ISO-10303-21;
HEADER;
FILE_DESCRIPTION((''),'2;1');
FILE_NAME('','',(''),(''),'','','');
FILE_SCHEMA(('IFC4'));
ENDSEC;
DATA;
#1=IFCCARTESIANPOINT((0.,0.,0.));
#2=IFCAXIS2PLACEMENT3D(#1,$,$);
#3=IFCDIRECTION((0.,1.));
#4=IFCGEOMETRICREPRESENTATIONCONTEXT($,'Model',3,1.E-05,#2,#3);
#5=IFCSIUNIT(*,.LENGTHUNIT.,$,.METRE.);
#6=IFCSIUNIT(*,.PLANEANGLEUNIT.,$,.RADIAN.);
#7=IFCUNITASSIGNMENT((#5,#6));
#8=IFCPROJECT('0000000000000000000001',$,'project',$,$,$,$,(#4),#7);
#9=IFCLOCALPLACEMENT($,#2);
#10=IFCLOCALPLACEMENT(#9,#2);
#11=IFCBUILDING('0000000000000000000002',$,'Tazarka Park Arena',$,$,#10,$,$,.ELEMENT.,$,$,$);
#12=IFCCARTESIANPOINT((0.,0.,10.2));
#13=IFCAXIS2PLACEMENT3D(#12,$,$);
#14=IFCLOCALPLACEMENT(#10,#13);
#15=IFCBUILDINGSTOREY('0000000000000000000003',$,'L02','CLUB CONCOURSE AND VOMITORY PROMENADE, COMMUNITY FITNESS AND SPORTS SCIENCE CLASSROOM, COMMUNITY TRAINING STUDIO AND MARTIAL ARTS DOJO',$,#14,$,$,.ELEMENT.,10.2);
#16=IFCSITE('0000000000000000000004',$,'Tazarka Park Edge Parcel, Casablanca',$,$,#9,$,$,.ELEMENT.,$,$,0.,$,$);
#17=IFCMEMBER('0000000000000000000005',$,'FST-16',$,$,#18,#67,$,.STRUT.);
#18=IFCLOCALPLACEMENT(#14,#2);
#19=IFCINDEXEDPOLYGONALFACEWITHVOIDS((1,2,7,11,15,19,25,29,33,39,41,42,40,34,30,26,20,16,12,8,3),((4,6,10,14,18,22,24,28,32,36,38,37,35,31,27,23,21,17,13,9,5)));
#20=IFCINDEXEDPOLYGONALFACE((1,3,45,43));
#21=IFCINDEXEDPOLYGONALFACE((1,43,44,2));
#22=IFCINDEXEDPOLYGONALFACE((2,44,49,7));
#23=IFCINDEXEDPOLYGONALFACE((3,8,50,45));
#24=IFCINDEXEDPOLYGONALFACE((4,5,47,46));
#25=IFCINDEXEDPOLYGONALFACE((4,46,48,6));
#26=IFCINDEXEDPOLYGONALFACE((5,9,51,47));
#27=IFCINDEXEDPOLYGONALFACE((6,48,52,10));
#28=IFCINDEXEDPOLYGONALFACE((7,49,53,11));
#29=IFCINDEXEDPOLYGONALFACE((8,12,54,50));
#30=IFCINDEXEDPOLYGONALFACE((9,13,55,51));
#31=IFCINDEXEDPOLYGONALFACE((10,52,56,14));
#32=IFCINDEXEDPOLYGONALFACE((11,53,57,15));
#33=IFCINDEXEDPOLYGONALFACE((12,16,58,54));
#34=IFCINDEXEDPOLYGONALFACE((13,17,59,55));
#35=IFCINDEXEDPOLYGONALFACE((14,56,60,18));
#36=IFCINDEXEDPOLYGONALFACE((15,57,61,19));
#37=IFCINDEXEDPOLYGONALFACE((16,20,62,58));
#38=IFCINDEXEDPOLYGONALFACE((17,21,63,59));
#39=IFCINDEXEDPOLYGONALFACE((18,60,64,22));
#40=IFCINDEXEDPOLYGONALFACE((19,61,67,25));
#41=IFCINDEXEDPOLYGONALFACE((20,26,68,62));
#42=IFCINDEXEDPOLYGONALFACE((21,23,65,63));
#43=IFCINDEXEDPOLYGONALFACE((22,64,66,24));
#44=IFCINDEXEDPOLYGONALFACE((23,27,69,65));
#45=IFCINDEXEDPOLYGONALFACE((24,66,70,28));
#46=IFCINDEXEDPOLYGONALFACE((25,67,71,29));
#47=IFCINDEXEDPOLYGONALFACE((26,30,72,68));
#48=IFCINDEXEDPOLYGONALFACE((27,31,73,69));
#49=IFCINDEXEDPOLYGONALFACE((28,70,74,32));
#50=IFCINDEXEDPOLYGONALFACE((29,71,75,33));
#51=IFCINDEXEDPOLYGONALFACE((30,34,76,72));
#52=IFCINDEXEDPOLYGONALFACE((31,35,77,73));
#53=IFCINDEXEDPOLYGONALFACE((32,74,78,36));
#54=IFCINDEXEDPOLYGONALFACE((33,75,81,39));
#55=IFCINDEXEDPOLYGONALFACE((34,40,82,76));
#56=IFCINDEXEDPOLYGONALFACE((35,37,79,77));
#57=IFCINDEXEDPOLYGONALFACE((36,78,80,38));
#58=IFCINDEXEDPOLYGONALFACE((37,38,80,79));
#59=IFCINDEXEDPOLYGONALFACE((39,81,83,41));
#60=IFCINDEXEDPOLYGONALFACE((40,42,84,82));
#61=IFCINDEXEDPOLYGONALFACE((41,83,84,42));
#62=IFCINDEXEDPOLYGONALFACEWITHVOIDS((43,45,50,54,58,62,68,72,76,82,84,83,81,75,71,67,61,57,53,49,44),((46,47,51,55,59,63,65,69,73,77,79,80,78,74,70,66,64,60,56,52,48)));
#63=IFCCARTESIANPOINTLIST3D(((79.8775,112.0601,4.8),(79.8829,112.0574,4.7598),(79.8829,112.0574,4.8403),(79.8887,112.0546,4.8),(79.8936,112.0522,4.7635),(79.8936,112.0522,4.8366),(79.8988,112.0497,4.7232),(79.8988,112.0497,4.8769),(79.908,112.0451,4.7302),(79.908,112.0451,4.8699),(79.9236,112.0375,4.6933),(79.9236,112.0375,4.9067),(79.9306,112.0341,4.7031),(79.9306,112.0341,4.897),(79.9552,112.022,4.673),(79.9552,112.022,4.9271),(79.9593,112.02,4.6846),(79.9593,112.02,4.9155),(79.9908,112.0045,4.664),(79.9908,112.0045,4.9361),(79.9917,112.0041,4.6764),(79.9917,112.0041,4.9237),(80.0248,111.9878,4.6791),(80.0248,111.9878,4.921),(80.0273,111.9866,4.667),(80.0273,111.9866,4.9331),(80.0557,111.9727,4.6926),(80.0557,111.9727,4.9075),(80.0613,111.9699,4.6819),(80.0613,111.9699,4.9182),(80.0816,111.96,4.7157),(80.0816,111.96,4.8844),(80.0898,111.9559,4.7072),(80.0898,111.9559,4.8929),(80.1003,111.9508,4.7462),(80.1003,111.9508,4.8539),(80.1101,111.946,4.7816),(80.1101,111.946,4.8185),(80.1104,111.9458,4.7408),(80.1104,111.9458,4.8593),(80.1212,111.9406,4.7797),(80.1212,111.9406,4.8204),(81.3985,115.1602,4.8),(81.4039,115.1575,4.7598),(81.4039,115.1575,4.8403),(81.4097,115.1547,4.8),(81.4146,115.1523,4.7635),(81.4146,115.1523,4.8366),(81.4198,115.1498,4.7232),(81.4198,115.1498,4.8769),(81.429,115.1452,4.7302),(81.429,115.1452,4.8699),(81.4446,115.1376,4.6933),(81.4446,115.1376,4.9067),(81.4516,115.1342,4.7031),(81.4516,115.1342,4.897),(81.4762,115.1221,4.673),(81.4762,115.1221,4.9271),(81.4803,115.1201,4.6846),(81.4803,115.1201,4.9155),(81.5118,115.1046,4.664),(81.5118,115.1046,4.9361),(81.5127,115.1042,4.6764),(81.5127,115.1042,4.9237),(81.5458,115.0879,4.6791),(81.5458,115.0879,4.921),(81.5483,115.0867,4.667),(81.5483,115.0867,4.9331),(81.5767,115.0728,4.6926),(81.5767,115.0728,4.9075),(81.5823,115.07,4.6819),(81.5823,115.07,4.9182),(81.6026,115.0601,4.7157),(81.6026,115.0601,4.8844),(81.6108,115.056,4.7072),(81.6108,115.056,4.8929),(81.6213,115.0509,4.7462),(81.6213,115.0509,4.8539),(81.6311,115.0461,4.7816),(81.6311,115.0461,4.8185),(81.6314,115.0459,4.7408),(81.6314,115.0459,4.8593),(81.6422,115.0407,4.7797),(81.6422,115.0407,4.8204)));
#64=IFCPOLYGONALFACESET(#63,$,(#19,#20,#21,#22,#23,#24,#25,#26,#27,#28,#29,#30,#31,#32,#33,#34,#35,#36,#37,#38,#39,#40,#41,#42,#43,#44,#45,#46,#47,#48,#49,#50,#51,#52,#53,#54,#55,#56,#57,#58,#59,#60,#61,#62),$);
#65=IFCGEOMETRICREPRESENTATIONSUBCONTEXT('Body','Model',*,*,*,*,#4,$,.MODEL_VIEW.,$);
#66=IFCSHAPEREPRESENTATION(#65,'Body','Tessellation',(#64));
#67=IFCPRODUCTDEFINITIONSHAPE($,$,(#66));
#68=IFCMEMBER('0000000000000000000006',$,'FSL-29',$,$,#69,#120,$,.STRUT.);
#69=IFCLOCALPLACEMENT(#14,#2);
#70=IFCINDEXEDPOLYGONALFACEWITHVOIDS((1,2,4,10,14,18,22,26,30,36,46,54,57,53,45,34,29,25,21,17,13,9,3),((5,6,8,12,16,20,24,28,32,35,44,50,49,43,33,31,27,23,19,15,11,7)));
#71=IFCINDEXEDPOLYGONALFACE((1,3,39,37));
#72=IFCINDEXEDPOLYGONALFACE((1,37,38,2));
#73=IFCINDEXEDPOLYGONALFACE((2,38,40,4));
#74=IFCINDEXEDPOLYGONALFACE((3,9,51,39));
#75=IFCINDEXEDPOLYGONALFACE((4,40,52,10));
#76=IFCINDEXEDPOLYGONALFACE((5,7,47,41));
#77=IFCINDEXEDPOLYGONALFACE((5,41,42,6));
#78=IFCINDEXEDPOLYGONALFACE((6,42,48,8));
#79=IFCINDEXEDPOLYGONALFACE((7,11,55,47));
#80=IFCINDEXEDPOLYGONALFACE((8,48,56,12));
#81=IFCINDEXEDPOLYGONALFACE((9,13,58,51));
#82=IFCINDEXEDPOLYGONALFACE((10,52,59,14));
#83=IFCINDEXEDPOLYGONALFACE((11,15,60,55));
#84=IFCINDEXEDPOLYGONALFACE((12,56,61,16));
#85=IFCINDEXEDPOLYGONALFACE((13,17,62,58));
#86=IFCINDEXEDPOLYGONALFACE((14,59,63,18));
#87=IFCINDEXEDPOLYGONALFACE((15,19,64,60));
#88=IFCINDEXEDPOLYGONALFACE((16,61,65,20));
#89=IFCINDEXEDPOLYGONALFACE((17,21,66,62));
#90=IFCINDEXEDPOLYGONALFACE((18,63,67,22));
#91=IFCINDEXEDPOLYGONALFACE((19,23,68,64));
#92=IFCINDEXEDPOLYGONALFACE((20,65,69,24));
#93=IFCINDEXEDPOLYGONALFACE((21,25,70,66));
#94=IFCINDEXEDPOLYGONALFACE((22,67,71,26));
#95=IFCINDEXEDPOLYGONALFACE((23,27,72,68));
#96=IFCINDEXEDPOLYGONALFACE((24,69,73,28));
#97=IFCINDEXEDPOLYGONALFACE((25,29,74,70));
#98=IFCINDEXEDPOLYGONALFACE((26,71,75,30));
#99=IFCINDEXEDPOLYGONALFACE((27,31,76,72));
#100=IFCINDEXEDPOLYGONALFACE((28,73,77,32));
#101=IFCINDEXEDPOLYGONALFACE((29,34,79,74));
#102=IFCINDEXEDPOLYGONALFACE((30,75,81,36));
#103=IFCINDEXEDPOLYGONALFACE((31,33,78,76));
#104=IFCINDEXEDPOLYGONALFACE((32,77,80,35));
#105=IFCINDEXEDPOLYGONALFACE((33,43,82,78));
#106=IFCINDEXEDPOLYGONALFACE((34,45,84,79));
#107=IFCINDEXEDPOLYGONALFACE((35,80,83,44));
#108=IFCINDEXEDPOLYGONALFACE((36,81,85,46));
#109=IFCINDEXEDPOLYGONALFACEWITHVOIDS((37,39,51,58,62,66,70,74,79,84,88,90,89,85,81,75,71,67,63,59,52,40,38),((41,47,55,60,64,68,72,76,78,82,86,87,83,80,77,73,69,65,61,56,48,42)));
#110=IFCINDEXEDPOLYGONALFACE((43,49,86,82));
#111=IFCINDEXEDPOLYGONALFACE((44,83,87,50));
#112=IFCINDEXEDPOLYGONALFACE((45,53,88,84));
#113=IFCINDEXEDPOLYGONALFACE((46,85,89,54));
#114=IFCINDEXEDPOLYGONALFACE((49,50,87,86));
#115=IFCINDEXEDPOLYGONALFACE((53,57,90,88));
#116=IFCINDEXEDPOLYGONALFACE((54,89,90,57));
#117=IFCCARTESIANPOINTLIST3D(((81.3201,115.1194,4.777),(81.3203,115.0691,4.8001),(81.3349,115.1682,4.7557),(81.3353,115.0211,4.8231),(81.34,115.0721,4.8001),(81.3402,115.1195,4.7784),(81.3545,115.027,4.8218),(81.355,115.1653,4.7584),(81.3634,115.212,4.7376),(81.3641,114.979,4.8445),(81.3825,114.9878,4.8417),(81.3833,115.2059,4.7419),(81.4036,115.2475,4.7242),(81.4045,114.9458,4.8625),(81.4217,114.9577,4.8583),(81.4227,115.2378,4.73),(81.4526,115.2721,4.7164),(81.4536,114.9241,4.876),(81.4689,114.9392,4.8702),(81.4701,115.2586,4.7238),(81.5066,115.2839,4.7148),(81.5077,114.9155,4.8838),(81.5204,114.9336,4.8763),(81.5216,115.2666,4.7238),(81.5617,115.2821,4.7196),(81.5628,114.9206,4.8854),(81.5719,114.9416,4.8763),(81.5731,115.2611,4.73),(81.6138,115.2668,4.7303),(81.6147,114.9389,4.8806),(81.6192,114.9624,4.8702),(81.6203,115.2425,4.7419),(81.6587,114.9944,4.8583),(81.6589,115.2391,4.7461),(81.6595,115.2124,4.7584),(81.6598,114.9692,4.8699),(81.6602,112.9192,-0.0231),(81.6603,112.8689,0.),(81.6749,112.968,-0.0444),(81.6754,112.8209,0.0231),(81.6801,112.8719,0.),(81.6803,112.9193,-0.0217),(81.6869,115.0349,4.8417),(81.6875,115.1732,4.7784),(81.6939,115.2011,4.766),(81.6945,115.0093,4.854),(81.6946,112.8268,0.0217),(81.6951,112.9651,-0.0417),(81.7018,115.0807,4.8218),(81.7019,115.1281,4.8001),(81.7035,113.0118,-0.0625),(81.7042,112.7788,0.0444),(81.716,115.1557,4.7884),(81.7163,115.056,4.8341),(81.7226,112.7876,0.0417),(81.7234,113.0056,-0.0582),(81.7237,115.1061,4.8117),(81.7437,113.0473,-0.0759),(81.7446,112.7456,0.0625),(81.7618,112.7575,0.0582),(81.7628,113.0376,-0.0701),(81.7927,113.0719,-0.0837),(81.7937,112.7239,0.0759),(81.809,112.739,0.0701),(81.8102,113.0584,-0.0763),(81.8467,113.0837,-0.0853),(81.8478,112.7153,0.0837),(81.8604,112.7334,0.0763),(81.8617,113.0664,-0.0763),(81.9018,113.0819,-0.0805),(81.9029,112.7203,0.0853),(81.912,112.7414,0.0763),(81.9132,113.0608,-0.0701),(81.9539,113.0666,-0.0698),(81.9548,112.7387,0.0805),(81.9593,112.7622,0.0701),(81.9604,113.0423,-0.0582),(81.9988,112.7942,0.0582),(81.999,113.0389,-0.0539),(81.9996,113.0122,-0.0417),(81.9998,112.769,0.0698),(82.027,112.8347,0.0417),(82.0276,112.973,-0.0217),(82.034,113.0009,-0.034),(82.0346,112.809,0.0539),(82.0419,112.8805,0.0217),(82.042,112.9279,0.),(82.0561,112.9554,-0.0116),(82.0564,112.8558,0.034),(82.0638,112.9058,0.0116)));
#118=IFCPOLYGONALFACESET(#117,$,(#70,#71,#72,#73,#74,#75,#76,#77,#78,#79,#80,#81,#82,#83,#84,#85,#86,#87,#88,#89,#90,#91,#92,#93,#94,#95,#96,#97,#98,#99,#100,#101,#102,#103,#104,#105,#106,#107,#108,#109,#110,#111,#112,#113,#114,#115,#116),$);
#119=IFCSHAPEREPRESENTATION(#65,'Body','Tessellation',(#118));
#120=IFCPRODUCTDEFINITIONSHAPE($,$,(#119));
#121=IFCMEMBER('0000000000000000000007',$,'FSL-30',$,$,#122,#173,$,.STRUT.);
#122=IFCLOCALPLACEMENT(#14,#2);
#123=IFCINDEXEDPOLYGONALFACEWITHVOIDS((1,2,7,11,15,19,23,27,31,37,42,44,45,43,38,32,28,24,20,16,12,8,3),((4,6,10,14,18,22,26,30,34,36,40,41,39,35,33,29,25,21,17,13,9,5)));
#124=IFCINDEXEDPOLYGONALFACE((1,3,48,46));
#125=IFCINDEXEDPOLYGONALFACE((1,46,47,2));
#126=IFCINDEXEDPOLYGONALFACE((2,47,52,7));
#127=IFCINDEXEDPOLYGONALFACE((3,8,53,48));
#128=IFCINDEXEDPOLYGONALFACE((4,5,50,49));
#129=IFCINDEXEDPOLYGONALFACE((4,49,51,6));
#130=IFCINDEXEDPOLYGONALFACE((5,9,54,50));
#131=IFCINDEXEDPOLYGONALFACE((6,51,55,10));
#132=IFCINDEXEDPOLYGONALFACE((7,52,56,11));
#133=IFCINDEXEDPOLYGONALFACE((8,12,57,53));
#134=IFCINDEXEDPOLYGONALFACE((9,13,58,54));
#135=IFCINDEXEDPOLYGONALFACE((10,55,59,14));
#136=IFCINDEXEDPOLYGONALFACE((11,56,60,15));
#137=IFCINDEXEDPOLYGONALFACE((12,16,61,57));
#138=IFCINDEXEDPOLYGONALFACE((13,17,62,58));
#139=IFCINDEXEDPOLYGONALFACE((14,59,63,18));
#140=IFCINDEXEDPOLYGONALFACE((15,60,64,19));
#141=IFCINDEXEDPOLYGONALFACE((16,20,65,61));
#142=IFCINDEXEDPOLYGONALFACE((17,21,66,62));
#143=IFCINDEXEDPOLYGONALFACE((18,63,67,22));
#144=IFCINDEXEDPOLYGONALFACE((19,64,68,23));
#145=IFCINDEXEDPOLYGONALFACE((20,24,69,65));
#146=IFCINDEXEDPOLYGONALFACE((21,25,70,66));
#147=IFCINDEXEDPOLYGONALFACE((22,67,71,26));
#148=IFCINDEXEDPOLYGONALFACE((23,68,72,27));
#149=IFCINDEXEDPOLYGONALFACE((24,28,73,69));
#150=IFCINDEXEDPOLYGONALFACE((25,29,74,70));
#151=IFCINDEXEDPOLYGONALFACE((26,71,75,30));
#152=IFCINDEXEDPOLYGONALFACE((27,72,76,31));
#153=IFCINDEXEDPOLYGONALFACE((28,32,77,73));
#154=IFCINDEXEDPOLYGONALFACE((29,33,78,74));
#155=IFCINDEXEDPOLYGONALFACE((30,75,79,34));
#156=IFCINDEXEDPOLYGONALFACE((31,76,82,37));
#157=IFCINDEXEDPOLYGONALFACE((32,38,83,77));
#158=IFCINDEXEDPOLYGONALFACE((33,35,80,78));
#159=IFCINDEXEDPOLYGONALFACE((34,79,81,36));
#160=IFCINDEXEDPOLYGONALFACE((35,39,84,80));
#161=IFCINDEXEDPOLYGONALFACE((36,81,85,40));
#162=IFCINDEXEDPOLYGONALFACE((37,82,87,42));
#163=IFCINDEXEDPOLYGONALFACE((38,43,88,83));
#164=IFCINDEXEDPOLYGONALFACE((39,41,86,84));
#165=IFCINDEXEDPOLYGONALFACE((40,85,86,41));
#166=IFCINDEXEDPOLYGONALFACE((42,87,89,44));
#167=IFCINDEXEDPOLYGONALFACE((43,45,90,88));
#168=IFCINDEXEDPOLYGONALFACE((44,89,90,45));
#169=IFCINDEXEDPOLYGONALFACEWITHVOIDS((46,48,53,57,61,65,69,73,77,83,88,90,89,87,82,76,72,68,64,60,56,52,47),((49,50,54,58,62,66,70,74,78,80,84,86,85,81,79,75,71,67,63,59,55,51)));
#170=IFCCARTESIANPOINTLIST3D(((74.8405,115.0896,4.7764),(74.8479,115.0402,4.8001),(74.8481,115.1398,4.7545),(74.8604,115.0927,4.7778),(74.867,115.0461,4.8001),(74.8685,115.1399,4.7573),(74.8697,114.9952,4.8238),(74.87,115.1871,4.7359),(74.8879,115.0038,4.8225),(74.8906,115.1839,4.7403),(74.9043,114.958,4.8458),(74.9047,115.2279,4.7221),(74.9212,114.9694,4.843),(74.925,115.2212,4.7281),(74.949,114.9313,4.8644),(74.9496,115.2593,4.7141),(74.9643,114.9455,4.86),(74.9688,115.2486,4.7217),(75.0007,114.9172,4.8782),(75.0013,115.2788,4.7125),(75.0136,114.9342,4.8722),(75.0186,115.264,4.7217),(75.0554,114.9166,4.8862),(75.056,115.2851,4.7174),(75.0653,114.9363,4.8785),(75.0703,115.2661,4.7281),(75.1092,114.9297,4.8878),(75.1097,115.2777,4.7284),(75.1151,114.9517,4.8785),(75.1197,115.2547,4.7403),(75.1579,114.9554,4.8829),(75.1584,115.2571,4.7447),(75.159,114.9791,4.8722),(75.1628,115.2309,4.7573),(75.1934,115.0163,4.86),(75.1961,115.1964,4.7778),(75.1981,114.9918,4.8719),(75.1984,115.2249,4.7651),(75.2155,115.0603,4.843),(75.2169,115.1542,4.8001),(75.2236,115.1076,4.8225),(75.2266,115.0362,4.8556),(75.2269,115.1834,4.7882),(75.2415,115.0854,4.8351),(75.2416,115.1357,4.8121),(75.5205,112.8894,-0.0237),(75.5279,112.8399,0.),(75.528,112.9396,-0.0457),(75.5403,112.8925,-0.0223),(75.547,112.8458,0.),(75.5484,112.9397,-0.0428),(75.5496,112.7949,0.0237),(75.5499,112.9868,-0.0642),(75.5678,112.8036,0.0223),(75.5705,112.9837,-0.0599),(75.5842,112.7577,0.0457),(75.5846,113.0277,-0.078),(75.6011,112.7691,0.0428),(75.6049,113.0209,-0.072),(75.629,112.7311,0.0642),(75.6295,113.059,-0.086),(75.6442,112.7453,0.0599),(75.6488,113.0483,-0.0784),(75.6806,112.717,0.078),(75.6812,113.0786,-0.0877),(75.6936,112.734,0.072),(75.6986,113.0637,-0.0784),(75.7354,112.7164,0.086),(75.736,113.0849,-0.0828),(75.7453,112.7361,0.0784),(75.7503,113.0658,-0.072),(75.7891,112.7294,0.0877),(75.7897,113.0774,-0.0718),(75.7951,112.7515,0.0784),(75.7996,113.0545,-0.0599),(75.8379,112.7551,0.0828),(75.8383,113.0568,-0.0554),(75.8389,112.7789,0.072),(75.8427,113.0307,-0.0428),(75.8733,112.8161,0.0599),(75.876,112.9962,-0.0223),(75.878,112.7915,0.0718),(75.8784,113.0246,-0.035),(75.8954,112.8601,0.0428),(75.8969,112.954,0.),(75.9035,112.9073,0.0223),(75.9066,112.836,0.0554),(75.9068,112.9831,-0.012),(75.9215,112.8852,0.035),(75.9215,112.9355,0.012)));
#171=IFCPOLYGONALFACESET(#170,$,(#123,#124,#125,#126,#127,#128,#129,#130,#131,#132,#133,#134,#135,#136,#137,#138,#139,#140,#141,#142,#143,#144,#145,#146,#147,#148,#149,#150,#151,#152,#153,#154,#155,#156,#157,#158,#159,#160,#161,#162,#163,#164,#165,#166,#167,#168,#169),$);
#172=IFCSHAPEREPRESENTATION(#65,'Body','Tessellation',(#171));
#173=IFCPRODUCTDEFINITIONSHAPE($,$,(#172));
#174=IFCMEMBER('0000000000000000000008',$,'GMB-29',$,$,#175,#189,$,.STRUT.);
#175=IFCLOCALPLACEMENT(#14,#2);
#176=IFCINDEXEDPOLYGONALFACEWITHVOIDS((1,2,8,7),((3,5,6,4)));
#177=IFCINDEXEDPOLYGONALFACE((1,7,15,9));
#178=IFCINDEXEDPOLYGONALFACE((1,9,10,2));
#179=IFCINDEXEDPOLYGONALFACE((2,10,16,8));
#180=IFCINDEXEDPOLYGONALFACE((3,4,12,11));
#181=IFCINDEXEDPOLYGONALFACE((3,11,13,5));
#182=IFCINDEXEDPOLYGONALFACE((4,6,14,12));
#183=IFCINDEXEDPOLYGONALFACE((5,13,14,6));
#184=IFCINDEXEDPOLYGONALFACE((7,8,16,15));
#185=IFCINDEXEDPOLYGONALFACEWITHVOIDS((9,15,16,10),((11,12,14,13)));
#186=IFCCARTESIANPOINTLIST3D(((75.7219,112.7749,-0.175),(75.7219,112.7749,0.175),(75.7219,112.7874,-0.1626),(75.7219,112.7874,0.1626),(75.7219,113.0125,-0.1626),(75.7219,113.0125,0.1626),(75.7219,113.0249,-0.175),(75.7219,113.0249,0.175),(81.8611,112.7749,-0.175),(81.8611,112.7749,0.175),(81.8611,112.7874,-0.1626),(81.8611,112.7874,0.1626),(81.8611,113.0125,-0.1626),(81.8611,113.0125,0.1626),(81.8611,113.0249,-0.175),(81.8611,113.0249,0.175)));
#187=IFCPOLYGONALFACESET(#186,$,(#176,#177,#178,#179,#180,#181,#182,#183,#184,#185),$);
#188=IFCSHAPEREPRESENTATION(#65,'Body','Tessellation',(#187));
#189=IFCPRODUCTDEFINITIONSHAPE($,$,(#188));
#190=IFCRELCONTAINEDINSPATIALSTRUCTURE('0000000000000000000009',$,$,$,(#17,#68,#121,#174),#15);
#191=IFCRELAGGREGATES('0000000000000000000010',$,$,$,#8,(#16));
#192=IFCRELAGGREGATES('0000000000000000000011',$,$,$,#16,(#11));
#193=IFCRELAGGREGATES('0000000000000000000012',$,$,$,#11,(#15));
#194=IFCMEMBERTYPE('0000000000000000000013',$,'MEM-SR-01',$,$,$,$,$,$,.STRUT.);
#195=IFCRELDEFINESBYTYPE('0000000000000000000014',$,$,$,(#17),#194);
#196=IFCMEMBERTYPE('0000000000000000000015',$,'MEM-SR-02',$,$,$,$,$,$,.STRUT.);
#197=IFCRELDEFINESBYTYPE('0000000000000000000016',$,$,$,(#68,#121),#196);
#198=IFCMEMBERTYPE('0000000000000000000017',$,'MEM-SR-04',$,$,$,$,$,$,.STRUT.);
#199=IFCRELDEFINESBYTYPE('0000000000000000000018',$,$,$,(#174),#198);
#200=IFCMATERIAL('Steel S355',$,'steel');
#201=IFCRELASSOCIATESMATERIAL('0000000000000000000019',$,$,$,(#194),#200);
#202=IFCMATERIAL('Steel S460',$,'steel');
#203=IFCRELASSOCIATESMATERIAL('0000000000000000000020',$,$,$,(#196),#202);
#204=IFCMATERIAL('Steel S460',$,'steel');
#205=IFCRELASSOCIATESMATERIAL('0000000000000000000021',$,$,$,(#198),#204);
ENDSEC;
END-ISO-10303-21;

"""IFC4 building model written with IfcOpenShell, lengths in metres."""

from ifc_helpers import new_model, si_unit, direction, frame, origin, origin_2d, place, context, subcontext, project, spatial, hollow_rectangle, hollow_circle, extrude, material, material_profile, profile_set, type_object, element, save


model = new_model("IFC4")

# Units and contexts
model_context = context("Model", 3, precision=1e-05, world=origin(), true_north=direction((0.0, 1.0)))
body_context = subcontext(model_context, "Body", "Model", "MODEL_VIEW")
ifc_project = project(units=[si_unit("LENGTHUNIT", "METRE"), si_unit("PLANEANGLEUNIT", "RADIAN")], contexts=[model_context])

# Site, building, storey
site_placement = place(None, origin())
site = spatial("IfcSite", under=ifc_project, at=site_placement, Name="Tazarka Park Edge Parcel, Casablanca", CompositionType="ELEMENT", RefElevation=0.0)
building_placement = place(site_placement, origin())
building = spatial("IfcBuilding", under=site, at=building_placement, Name="Tazarka Park Arena", CompositionType="ELEMENT")
storey_placement = place(building_placement, frame((0.0, 0.0, 10.2)))
storey = spatial("IfcBuildingStorey", under=building, at=storey_placement, Name="L02", Description="CLUB CONCOURSE AND VOMITORY PROMENADE, COMMUNITY FITNESS AND SPORTS SCIENCE CLASSROOM, COMMUNITY TRAINING STUDIO AND MARTIAL ARTS DOJO", CompositionType="ELEMENT", Elevation=10.2)

# Members
ifc_material_1 = material(Name="Steel S355", Category="steel")
ifc_material_profile_1 = material_profile(ifc_material_1, hollow_circle(Radius=0.1365, WallThickness=0.0125, at=origin_2d()), Name="Steel S355")
ifc_profile_set_1 = profile_set([ifc_material_profile_1], Name="Steel S355")
member_type_1 = type_object("IfcMemberType", Name="MEM-SR-01", PredefinedType="STRUT", material=ifc_profile_set_1)
member_1_placement = place(storey_placement, frame((80.0, 112.0, 4.8), z_axis=(0.44047, 0.897767, 0.0), x_axis=(-0.897767, 0.44047, 0.0)))
element("IfcMember", 1, at=member_1_placement, inside=storey, type_object=member_type_1, Name="FST-16", PredefinedType="STRUT", context=body_context, shape_type="SweptSolid", body=[
    extrude(hollow_circle(Radius=0.1365, WallThickness=0.0125, at=origin_2d()), origin(), (0.0, 0.0, 1.0), 3.4531),
])
ifc_material_2 = material(Name="Steel S460", Category="steel")
ifc_material_profile_2 = material_profile(ifc_material_2, hollow_circle(Radius=0.2031, WallThickness=0.02, at=origin_2d()), Name="Steel S460")
ifc_profile_set_2 = profile_set([ifc_material_profile_2], Name="Steel S460")
member_type_2 = type_object("IfcMemberType", Name="MEM-SR-02", PredefinedType="STRUT", material=ifc_profile_set_2)
member_2_placement = place(storey_placement, frame((81.8611, 112.8999, 0.0), z_axis=(-0.064274, 0.41582, 0.907173), x_axis=(-0.988264, -0.152758, 0.0)))
element("IfcMember", 2, at=member_2_placement, inside=storey, type_object=member_type_2, Name="FSL-29", PredefinedType="STRUT", context=body_context, shape_type="SweptSolid", body=[
    extrude(hollow_circle(Radius=0.2031, WallThickness=0.02, at=origin_2d()), origin(), (0.0, 0.0, 1.0), 5.2913),
])
member_3_placement = place(storey_placement, frame((75.7219, 112.8999, 0.0), z_axis=(-0.127714, 0.41327, 0.901608), x_axis=(-0.955418, -0.295255, 0.0)))
element("IfcMember", 3, at=member_3_placement, inside=storey, type_object=member_type_2, Name="FSL-30", PredefinedType="STRUT", context=body_context, shape_type="SweptSolid", body=[
    extrude(hollow_circle(Radius=0.2031, WallThickness=0.02, at=origin_2d()), origin(), (0.0, 0.0, 1.0), 5.324),
])
ifc_material_3 = material(Name="Steel S460", Category="steel")
ifc_material_profile_3 = material_profile(ifc_material_3, hollow_rectangle(XDim=0.25, YDim=0.3501, WallThickness=0.0125, at=origin_2d()), Name="Steel S460")
ifc_profile_set_3 = profile_set([ifc_material_profile_3], Name="Steel S460")
member_type_3 = type_object("IfcMemberType", Name="MEM-SR-04", PredefinedType="STRUT", material=ifc_profile_set_3)
member_4_placement = place(storey_placement, frame((81.8611, 112.8999, 0.0), z_axis=(-1.0, 0.0, 0.0), x_axis=(0.0, -1.0, 0.0)))
element("IfcMember", 4, at=member_4_placement, inside=storey, type_object=member_type_3, Name="GMB-29", PredefinedType="STRUT", context=body_context, shape_type="SweptSolid", body=[
    extrude(hollow_rectangle(XDim=0.25, YDim=0.3501, WallThickness=0.0125, at=origin_2d()), origin(), (0.0, 0.0, 1.0), 6.1392),
])

save(model, "model.ifc")
